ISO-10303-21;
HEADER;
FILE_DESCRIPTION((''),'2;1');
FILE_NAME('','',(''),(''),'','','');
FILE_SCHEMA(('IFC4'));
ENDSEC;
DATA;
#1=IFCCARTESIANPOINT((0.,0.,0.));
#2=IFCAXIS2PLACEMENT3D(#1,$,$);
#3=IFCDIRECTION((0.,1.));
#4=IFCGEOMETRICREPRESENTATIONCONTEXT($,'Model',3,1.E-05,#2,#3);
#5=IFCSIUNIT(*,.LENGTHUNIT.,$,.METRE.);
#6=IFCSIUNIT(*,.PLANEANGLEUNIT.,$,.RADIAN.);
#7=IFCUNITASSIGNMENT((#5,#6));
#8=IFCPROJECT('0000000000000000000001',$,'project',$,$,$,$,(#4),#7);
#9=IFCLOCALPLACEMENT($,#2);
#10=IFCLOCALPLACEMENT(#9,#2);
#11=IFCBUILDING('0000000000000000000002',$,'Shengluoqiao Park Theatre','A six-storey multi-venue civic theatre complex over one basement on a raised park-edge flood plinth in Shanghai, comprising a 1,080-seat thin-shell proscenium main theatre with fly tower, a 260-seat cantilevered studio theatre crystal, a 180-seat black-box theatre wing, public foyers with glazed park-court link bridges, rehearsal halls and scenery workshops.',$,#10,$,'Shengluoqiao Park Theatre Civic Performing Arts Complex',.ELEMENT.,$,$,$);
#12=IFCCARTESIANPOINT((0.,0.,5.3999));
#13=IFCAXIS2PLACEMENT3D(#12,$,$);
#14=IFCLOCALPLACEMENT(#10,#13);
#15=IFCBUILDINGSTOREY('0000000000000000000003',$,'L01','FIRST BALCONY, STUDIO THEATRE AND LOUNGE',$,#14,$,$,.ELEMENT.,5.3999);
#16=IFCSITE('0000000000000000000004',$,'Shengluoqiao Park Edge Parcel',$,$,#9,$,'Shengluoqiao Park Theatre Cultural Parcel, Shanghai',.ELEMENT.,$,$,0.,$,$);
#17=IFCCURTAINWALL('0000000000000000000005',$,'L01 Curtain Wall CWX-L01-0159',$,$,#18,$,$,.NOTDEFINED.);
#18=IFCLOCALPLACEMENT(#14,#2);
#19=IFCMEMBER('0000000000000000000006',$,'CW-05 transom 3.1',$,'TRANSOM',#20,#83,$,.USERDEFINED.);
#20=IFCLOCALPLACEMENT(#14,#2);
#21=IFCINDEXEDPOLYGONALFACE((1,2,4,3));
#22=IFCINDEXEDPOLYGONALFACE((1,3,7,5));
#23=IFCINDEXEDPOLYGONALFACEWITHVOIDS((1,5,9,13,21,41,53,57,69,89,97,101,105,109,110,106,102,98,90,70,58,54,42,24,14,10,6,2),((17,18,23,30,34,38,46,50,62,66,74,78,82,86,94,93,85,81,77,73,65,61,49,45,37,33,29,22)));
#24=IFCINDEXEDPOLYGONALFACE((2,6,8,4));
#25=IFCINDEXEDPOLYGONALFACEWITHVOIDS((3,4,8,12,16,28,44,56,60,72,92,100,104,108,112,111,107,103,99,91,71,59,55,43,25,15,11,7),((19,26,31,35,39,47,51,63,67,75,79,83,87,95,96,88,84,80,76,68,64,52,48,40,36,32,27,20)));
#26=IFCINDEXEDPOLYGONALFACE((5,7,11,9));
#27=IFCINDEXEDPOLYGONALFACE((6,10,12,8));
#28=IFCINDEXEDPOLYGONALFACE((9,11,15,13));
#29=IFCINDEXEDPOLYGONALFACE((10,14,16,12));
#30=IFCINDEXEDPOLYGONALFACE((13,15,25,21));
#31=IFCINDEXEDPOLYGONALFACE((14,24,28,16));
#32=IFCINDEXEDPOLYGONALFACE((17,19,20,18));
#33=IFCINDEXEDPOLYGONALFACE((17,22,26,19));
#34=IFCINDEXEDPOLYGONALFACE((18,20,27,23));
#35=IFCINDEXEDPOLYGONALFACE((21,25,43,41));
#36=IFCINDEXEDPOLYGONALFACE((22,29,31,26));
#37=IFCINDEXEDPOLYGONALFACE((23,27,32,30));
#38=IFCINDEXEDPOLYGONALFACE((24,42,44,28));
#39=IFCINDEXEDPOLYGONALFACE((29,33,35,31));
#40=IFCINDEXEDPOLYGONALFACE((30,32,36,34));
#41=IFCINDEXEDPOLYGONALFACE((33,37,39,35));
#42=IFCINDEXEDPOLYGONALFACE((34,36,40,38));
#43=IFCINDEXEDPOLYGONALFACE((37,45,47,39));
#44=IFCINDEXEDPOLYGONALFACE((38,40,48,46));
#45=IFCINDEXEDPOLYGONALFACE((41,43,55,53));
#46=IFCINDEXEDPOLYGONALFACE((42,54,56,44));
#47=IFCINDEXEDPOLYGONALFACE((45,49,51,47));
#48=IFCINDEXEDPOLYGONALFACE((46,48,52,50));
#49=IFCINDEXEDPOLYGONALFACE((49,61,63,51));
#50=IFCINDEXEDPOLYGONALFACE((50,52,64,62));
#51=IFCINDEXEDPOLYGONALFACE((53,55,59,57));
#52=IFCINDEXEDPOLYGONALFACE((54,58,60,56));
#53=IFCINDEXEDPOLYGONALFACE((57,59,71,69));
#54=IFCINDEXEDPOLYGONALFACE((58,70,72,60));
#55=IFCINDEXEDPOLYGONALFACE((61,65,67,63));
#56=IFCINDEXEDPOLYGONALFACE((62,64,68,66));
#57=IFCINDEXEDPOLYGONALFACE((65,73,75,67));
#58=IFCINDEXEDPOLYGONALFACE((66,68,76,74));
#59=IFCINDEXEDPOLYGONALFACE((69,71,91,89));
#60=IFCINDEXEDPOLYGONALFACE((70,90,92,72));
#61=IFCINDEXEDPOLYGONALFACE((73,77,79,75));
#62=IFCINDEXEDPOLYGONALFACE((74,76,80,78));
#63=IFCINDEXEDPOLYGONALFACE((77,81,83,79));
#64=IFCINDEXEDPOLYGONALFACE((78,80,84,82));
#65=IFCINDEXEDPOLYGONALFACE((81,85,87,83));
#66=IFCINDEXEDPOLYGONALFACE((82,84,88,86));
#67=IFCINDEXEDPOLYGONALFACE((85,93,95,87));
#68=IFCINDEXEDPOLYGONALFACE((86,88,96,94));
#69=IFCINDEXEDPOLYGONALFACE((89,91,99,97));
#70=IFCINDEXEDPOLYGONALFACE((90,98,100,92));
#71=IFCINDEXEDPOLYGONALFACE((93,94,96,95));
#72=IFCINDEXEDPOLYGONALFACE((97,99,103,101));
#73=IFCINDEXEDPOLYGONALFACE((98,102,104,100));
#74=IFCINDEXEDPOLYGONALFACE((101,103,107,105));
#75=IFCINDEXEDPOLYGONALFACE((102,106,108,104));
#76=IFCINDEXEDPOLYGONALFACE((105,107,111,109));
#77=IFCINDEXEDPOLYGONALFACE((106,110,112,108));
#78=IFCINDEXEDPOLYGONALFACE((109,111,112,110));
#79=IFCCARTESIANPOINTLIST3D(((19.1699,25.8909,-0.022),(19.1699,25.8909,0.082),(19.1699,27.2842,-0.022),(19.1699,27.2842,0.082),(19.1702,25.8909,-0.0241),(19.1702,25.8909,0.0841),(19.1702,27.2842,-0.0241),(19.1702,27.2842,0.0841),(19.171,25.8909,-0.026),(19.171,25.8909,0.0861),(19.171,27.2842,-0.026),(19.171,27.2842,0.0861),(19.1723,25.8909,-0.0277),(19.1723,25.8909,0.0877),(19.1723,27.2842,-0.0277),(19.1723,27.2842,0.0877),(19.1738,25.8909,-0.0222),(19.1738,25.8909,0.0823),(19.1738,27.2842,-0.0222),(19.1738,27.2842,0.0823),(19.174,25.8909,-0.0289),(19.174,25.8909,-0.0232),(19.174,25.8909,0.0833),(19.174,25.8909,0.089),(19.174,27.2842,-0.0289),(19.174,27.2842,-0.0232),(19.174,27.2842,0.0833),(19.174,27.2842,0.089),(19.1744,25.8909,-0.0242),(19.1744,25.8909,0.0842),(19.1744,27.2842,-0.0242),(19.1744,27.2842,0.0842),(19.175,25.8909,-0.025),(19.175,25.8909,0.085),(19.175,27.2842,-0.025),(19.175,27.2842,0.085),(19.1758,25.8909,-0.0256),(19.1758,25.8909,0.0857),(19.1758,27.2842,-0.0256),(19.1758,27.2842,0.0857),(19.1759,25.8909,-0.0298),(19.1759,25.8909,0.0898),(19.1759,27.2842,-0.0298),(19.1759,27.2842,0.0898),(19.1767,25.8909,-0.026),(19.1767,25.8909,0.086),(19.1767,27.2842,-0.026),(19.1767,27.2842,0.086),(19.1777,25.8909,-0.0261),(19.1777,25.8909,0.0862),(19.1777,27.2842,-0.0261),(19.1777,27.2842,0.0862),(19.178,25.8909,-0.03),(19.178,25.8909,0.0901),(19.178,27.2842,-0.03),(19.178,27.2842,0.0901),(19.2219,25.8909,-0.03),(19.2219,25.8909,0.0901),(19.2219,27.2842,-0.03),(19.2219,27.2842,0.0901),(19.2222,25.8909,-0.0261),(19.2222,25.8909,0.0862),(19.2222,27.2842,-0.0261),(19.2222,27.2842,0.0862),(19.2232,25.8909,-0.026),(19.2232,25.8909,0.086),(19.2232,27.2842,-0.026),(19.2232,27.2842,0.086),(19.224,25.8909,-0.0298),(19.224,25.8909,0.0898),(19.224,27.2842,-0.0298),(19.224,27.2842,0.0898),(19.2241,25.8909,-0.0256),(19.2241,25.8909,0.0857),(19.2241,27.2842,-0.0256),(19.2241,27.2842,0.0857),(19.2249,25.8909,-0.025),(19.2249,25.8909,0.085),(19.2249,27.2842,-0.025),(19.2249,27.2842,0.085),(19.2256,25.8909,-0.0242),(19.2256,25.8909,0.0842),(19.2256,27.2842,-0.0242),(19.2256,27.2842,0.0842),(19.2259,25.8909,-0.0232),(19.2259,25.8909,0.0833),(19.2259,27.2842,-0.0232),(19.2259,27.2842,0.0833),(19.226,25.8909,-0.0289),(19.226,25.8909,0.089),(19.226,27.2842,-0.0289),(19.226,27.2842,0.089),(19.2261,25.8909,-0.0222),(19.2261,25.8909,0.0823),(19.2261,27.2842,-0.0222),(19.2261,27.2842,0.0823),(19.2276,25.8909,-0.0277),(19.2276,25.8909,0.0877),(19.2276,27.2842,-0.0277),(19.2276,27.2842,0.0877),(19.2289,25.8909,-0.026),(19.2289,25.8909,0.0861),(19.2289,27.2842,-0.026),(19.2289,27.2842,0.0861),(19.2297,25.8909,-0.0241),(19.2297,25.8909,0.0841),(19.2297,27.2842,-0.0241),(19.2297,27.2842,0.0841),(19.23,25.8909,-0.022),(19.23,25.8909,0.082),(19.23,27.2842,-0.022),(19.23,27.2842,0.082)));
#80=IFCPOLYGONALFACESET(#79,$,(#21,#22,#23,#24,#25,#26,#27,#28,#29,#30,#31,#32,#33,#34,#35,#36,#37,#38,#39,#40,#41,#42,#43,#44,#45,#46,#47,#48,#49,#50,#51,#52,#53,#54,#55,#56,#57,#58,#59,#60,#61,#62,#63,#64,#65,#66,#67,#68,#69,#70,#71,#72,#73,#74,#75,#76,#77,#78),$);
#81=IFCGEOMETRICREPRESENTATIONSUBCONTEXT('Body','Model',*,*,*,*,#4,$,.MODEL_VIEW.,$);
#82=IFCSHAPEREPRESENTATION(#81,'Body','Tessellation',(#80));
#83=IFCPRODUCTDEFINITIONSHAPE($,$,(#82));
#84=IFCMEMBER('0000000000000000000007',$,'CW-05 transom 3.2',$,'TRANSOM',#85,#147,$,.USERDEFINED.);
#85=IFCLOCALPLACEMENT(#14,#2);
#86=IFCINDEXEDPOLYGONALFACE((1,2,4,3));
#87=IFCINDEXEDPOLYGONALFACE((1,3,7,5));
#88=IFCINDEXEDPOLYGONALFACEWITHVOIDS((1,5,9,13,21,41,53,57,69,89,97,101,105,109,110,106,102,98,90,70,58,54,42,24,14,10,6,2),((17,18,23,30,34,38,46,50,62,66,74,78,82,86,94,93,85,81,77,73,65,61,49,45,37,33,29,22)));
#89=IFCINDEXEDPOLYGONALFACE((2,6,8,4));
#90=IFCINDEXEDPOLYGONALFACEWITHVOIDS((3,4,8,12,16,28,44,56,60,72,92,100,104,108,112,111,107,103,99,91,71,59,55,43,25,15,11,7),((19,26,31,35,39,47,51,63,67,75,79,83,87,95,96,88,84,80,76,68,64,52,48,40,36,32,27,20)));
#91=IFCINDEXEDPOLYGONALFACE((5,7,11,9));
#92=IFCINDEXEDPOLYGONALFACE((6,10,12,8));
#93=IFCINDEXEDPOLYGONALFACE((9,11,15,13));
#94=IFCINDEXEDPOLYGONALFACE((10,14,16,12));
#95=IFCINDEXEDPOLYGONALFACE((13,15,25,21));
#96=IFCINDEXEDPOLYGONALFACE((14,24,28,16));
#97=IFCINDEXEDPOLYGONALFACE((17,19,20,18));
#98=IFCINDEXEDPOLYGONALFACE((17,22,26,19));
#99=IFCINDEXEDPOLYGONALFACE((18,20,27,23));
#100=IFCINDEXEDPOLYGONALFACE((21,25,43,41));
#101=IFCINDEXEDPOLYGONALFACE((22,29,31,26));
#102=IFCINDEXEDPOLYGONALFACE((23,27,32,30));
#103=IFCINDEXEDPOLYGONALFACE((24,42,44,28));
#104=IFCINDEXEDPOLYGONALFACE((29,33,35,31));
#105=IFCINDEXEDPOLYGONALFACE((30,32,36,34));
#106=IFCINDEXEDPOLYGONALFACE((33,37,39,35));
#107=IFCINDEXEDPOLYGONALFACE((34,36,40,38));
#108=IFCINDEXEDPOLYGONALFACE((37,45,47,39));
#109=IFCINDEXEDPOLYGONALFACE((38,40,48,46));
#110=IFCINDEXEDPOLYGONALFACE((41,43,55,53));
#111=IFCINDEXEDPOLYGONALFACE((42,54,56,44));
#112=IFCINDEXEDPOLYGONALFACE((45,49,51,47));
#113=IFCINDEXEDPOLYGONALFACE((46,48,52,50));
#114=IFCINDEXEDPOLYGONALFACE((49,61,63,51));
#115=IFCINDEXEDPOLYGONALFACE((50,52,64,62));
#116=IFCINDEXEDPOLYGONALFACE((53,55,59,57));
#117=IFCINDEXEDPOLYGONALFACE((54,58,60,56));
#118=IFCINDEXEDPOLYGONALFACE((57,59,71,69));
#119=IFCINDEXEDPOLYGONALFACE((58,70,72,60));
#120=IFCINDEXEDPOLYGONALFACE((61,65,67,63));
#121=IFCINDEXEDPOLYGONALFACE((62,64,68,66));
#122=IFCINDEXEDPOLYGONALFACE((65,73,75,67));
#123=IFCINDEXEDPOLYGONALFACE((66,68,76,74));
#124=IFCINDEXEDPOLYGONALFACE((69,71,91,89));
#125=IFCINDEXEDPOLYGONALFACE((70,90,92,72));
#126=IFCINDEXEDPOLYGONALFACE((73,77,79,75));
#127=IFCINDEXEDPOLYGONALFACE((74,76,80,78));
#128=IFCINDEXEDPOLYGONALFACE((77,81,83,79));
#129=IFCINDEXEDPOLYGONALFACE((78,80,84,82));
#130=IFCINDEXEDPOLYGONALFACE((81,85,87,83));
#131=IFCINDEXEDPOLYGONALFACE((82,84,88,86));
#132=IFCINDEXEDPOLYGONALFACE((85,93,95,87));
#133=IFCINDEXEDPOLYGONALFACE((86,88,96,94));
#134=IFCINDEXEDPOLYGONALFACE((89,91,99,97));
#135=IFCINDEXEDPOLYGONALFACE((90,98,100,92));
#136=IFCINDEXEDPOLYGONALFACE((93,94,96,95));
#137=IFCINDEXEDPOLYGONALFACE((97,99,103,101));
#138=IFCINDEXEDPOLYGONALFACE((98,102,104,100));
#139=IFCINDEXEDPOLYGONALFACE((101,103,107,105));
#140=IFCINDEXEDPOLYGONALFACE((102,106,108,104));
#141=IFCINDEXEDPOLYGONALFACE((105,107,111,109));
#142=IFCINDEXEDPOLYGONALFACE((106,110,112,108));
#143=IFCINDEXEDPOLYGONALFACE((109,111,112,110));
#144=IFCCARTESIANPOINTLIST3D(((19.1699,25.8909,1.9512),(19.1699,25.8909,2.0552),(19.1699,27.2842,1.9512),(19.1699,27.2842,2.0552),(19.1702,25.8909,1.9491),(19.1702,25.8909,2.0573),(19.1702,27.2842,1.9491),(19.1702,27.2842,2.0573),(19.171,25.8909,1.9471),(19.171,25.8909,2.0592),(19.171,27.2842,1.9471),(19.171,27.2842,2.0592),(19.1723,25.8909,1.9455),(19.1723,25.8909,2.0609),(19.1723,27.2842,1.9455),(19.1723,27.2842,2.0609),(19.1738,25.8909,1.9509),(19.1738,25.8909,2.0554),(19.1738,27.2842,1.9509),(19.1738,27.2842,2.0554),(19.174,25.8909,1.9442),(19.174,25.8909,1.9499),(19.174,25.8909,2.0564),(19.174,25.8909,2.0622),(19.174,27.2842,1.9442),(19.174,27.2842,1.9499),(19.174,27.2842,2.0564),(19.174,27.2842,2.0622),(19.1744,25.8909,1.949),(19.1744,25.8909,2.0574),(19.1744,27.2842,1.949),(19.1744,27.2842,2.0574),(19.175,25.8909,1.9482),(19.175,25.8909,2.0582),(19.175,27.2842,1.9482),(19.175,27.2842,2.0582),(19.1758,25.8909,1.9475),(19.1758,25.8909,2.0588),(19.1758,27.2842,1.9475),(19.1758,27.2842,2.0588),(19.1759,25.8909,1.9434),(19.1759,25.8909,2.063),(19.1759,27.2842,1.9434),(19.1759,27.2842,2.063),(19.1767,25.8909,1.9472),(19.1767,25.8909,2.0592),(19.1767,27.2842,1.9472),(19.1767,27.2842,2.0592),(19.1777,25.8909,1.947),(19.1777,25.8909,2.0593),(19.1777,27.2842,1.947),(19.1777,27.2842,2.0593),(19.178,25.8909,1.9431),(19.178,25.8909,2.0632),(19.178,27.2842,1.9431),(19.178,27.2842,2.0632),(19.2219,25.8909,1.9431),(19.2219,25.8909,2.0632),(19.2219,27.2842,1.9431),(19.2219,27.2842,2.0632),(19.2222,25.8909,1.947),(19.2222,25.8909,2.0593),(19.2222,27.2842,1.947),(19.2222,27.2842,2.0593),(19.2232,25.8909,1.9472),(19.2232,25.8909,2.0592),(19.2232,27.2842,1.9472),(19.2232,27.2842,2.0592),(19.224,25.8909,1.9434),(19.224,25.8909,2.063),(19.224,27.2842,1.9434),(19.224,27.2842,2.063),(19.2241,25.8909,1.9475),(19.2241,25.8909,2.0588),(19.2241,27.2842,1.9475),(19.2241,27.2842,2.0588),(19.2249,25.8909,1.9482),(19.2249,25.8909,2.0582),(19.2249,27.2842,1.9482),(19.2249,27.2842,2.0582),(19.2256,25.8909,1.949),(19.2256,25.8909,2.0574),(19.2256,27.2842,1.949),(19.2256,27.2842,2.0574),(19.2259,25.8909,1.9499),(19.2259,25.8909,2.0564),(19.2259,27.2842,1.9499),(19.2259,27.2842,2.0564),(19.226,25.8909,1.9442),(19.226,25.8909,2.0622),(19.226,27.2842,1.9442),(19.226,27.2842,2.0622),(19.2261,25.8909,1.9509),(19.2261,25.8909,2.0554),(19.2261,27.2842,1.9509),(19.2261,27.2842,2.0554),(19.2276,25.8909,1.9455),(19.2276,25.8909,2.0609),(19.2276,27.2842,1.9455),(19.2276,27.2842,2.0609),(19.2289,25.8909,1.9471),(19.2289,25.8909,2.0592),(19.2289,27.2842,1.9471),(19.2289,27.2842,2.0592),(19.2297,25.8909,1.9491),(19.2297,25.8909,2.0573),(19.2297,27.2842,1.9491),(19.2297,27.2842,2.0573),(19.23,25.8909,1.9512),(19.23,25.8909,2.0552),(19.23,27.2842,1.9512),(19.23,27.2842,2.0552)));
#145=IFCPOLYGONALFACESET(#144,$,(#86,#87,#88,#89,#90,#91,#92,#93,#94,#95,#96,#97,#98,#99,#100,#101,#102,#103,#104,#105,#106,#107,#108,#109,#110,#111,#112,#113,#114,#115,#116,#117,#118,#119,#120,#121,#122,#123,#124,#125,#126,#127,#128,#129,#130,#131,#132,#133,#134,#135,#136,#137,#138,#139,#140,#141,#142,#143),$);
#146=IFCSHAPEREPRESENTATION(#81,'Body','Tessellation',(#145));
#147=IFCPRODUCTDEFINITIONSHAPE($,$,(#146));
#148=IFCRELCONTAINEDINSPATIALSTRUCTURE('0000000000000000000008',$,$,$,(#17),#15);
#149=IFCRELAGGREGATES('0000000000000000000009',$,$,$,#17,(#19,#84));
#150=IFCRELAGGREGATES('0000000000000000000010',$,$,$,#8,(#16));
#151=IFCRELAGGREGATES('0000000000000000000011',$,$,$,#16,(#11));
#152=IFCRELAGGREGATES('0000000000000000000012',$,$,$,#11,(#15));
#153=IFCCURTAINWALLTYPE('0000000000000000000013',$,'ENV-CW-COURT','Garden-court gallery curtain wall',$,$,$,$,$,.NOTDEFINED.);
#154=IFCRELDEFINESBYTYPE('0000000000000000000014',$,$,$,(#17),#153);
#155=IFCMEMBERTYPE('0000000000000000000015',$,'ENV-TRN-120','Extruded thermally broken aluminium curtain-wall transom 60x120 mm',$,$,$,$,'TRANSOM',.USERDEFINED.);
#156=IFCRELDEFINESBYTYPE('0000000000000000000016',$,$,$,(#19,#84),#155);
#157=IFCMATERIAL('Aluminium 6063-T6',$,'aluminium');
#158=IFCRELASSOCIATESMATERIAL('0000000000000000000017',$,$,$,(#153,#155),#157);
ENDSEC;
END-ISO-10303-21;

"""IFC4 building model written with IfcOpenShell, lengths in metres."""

from ifc_helpers import new_model, si_unit, direction, frame, origin, origin_2d, place, context, subcontext, project, spatial, hollow_rectangle, extrude, material, material_profile, profile_set, type_object, element, aggregate, save


model = new_model("IFC4")

# Units and contexts
model_context = context("Model", 3, precision=1e-05, world=origin(), true_north=direction((0.0, 1.0)))
body_context = subcontext(model_context, "Body", "Model", "MODEL_VIEW")
ifc_project = project(units=[si_unit("LENGTHUNIT", "METRE"), si_unit("PLANEANGLEUNIT", "RADIAN")], contexts=[model_context])

# Site, building, storey
site_placement = place(None, origin())
site = spatial("IfcSite", under=ifc_project, at=site_placement, Name="Shengluoqiao Park Edge Parcel", LongName="Shengluoqiao Park Theatre Cultural Parcel, Shanghai", CompositionType="ELEMENT", RefElevation=0.0)
building_placement = place(site_placement, origin())
building = spatial("IfcBuilding", under=site, at=building_placement, Name="Shengluoqiao Park Theatre", Description="A six-storey multi-venue civic theatre complex over one basement on a raised park-edge flood plinth in Shanghai, comprising a 1,080-seat thin-shell proscenium main theatre with fly tower, a 260-seat cantilevered studio theatre crystal, a 180-seat black-box theatre wing, public foyers with glazed park-court link bridges, rehearsal halls and scenery workshops.", LongName="Shengluoqiao Park Theatre Civic Performing Arts Complex", CompositionType="ELEMENT")
storey_placement = place(building_placement, frame((0.0, 0.0, 5.3999)))
storey = spatial("IfcBuildingStorey", under=building, at=storey_placement, Name="L01", Description="FIRST BALCONY, STUDIO THEATRE AND LOUNGE", CompositionType="ELEMENT", Elevation=5.3999)

# Shared definitions
ifc_material_1 = material(Name="Aluminium 6063-T6", Category="aluminium")

# Curtain wall, members
curtain_wall_type_1 = type_object("IfcCurtainWallType", Name="ENV-CW-COURT", Description="Garden-court gallery curtain wall", PredefinedType="NOTDEFINED", material=ifc_material_1)
curtain_wall_1_placement = place(storey_placement, origin())
curtain_wall_1 = element("IfcCurtainWall", 1, at=curtain_wall_1_placement, inside=storey, type_object=curtain_wall_type_1, Name="L01 Curtain Wall CWX-L01-0159", PredefinedType="NOTDEFINED")
ifc_material_profile_1 = material_profile(ifc_material_1, hollow_rectangle(XDim=0.0601, YDim=0.1201, WallThickness=0.0039, InnerFilletRadius=0.0039, OuterFilletRadius=0.0081, at=origin_2d()), Name="ALU TRANSOM 120x60x4")
ifc_profile_set_1 = profile_set([ifc_material_profile_1], Name="Aluminium 6063-T6")
member_type_1 = type_object("IfcMemberType", Name="ENV-TRN-120", Description="Extruded thermally broken aluminium curtain-wall transom 60x120 mm", ElementType="TRANSOM", PredefinedType="USERDEFINED", material=ifc_profile_set_1)
member_1_placement = place(storey_placement, frame((19.2, 25.8909, 0.03), z_axis=(0.0, 1.0, 0.0), x_axis=(-1.0, 0.0, 0.0)))
member_1 = element("IfcMember", 2, at=member_1_placement, type_object=member_type_1, Name="CW-05 transom 3.1", ObjectType="TRANSOM", PredefinedType="USERDEFINED", context=body_context, shape_type="SweptSolid", body=[
    extrude(hollow_rectangle(XDim=0.0601, YDim=0.1201, WallThickness=0.0039, InnerFilletRadius=0.0039, OuterFilletRadius=0.0081, at=origin_2d()), origin(), (0.0, 0.0, 1.0), 1.3933),
])
member_2_placement = place(storey_placement, frame((19.2, 25.8909, 2.0032), z_axis=(0.0, 1.0, 0.0), x_axis=(-1.0, 0.0, 0.0)))
member_2 = element("IfcMember", 3, at=member_2_placement, type_object=member_type_1, Name="CW-05 transom 3.2", ObjectType="TRANSOM", PredefinedType="USERDEFINED", context=body_context, shape_type="SweptSolid", body=[
    extrude(hollow_rectangle(XDim=0.0601, YDim=0.1201, WallThickness=0.0039, InnerFilletRadius=0.0039, OuterFilletRadius=0.0081, at=origin_2d()), origin(), (0.0, 0.0, 1.0), 1.3933),
])

aggregate(curtain_wall_1, [member_1, member_2])

save(model, "model.ifc")
